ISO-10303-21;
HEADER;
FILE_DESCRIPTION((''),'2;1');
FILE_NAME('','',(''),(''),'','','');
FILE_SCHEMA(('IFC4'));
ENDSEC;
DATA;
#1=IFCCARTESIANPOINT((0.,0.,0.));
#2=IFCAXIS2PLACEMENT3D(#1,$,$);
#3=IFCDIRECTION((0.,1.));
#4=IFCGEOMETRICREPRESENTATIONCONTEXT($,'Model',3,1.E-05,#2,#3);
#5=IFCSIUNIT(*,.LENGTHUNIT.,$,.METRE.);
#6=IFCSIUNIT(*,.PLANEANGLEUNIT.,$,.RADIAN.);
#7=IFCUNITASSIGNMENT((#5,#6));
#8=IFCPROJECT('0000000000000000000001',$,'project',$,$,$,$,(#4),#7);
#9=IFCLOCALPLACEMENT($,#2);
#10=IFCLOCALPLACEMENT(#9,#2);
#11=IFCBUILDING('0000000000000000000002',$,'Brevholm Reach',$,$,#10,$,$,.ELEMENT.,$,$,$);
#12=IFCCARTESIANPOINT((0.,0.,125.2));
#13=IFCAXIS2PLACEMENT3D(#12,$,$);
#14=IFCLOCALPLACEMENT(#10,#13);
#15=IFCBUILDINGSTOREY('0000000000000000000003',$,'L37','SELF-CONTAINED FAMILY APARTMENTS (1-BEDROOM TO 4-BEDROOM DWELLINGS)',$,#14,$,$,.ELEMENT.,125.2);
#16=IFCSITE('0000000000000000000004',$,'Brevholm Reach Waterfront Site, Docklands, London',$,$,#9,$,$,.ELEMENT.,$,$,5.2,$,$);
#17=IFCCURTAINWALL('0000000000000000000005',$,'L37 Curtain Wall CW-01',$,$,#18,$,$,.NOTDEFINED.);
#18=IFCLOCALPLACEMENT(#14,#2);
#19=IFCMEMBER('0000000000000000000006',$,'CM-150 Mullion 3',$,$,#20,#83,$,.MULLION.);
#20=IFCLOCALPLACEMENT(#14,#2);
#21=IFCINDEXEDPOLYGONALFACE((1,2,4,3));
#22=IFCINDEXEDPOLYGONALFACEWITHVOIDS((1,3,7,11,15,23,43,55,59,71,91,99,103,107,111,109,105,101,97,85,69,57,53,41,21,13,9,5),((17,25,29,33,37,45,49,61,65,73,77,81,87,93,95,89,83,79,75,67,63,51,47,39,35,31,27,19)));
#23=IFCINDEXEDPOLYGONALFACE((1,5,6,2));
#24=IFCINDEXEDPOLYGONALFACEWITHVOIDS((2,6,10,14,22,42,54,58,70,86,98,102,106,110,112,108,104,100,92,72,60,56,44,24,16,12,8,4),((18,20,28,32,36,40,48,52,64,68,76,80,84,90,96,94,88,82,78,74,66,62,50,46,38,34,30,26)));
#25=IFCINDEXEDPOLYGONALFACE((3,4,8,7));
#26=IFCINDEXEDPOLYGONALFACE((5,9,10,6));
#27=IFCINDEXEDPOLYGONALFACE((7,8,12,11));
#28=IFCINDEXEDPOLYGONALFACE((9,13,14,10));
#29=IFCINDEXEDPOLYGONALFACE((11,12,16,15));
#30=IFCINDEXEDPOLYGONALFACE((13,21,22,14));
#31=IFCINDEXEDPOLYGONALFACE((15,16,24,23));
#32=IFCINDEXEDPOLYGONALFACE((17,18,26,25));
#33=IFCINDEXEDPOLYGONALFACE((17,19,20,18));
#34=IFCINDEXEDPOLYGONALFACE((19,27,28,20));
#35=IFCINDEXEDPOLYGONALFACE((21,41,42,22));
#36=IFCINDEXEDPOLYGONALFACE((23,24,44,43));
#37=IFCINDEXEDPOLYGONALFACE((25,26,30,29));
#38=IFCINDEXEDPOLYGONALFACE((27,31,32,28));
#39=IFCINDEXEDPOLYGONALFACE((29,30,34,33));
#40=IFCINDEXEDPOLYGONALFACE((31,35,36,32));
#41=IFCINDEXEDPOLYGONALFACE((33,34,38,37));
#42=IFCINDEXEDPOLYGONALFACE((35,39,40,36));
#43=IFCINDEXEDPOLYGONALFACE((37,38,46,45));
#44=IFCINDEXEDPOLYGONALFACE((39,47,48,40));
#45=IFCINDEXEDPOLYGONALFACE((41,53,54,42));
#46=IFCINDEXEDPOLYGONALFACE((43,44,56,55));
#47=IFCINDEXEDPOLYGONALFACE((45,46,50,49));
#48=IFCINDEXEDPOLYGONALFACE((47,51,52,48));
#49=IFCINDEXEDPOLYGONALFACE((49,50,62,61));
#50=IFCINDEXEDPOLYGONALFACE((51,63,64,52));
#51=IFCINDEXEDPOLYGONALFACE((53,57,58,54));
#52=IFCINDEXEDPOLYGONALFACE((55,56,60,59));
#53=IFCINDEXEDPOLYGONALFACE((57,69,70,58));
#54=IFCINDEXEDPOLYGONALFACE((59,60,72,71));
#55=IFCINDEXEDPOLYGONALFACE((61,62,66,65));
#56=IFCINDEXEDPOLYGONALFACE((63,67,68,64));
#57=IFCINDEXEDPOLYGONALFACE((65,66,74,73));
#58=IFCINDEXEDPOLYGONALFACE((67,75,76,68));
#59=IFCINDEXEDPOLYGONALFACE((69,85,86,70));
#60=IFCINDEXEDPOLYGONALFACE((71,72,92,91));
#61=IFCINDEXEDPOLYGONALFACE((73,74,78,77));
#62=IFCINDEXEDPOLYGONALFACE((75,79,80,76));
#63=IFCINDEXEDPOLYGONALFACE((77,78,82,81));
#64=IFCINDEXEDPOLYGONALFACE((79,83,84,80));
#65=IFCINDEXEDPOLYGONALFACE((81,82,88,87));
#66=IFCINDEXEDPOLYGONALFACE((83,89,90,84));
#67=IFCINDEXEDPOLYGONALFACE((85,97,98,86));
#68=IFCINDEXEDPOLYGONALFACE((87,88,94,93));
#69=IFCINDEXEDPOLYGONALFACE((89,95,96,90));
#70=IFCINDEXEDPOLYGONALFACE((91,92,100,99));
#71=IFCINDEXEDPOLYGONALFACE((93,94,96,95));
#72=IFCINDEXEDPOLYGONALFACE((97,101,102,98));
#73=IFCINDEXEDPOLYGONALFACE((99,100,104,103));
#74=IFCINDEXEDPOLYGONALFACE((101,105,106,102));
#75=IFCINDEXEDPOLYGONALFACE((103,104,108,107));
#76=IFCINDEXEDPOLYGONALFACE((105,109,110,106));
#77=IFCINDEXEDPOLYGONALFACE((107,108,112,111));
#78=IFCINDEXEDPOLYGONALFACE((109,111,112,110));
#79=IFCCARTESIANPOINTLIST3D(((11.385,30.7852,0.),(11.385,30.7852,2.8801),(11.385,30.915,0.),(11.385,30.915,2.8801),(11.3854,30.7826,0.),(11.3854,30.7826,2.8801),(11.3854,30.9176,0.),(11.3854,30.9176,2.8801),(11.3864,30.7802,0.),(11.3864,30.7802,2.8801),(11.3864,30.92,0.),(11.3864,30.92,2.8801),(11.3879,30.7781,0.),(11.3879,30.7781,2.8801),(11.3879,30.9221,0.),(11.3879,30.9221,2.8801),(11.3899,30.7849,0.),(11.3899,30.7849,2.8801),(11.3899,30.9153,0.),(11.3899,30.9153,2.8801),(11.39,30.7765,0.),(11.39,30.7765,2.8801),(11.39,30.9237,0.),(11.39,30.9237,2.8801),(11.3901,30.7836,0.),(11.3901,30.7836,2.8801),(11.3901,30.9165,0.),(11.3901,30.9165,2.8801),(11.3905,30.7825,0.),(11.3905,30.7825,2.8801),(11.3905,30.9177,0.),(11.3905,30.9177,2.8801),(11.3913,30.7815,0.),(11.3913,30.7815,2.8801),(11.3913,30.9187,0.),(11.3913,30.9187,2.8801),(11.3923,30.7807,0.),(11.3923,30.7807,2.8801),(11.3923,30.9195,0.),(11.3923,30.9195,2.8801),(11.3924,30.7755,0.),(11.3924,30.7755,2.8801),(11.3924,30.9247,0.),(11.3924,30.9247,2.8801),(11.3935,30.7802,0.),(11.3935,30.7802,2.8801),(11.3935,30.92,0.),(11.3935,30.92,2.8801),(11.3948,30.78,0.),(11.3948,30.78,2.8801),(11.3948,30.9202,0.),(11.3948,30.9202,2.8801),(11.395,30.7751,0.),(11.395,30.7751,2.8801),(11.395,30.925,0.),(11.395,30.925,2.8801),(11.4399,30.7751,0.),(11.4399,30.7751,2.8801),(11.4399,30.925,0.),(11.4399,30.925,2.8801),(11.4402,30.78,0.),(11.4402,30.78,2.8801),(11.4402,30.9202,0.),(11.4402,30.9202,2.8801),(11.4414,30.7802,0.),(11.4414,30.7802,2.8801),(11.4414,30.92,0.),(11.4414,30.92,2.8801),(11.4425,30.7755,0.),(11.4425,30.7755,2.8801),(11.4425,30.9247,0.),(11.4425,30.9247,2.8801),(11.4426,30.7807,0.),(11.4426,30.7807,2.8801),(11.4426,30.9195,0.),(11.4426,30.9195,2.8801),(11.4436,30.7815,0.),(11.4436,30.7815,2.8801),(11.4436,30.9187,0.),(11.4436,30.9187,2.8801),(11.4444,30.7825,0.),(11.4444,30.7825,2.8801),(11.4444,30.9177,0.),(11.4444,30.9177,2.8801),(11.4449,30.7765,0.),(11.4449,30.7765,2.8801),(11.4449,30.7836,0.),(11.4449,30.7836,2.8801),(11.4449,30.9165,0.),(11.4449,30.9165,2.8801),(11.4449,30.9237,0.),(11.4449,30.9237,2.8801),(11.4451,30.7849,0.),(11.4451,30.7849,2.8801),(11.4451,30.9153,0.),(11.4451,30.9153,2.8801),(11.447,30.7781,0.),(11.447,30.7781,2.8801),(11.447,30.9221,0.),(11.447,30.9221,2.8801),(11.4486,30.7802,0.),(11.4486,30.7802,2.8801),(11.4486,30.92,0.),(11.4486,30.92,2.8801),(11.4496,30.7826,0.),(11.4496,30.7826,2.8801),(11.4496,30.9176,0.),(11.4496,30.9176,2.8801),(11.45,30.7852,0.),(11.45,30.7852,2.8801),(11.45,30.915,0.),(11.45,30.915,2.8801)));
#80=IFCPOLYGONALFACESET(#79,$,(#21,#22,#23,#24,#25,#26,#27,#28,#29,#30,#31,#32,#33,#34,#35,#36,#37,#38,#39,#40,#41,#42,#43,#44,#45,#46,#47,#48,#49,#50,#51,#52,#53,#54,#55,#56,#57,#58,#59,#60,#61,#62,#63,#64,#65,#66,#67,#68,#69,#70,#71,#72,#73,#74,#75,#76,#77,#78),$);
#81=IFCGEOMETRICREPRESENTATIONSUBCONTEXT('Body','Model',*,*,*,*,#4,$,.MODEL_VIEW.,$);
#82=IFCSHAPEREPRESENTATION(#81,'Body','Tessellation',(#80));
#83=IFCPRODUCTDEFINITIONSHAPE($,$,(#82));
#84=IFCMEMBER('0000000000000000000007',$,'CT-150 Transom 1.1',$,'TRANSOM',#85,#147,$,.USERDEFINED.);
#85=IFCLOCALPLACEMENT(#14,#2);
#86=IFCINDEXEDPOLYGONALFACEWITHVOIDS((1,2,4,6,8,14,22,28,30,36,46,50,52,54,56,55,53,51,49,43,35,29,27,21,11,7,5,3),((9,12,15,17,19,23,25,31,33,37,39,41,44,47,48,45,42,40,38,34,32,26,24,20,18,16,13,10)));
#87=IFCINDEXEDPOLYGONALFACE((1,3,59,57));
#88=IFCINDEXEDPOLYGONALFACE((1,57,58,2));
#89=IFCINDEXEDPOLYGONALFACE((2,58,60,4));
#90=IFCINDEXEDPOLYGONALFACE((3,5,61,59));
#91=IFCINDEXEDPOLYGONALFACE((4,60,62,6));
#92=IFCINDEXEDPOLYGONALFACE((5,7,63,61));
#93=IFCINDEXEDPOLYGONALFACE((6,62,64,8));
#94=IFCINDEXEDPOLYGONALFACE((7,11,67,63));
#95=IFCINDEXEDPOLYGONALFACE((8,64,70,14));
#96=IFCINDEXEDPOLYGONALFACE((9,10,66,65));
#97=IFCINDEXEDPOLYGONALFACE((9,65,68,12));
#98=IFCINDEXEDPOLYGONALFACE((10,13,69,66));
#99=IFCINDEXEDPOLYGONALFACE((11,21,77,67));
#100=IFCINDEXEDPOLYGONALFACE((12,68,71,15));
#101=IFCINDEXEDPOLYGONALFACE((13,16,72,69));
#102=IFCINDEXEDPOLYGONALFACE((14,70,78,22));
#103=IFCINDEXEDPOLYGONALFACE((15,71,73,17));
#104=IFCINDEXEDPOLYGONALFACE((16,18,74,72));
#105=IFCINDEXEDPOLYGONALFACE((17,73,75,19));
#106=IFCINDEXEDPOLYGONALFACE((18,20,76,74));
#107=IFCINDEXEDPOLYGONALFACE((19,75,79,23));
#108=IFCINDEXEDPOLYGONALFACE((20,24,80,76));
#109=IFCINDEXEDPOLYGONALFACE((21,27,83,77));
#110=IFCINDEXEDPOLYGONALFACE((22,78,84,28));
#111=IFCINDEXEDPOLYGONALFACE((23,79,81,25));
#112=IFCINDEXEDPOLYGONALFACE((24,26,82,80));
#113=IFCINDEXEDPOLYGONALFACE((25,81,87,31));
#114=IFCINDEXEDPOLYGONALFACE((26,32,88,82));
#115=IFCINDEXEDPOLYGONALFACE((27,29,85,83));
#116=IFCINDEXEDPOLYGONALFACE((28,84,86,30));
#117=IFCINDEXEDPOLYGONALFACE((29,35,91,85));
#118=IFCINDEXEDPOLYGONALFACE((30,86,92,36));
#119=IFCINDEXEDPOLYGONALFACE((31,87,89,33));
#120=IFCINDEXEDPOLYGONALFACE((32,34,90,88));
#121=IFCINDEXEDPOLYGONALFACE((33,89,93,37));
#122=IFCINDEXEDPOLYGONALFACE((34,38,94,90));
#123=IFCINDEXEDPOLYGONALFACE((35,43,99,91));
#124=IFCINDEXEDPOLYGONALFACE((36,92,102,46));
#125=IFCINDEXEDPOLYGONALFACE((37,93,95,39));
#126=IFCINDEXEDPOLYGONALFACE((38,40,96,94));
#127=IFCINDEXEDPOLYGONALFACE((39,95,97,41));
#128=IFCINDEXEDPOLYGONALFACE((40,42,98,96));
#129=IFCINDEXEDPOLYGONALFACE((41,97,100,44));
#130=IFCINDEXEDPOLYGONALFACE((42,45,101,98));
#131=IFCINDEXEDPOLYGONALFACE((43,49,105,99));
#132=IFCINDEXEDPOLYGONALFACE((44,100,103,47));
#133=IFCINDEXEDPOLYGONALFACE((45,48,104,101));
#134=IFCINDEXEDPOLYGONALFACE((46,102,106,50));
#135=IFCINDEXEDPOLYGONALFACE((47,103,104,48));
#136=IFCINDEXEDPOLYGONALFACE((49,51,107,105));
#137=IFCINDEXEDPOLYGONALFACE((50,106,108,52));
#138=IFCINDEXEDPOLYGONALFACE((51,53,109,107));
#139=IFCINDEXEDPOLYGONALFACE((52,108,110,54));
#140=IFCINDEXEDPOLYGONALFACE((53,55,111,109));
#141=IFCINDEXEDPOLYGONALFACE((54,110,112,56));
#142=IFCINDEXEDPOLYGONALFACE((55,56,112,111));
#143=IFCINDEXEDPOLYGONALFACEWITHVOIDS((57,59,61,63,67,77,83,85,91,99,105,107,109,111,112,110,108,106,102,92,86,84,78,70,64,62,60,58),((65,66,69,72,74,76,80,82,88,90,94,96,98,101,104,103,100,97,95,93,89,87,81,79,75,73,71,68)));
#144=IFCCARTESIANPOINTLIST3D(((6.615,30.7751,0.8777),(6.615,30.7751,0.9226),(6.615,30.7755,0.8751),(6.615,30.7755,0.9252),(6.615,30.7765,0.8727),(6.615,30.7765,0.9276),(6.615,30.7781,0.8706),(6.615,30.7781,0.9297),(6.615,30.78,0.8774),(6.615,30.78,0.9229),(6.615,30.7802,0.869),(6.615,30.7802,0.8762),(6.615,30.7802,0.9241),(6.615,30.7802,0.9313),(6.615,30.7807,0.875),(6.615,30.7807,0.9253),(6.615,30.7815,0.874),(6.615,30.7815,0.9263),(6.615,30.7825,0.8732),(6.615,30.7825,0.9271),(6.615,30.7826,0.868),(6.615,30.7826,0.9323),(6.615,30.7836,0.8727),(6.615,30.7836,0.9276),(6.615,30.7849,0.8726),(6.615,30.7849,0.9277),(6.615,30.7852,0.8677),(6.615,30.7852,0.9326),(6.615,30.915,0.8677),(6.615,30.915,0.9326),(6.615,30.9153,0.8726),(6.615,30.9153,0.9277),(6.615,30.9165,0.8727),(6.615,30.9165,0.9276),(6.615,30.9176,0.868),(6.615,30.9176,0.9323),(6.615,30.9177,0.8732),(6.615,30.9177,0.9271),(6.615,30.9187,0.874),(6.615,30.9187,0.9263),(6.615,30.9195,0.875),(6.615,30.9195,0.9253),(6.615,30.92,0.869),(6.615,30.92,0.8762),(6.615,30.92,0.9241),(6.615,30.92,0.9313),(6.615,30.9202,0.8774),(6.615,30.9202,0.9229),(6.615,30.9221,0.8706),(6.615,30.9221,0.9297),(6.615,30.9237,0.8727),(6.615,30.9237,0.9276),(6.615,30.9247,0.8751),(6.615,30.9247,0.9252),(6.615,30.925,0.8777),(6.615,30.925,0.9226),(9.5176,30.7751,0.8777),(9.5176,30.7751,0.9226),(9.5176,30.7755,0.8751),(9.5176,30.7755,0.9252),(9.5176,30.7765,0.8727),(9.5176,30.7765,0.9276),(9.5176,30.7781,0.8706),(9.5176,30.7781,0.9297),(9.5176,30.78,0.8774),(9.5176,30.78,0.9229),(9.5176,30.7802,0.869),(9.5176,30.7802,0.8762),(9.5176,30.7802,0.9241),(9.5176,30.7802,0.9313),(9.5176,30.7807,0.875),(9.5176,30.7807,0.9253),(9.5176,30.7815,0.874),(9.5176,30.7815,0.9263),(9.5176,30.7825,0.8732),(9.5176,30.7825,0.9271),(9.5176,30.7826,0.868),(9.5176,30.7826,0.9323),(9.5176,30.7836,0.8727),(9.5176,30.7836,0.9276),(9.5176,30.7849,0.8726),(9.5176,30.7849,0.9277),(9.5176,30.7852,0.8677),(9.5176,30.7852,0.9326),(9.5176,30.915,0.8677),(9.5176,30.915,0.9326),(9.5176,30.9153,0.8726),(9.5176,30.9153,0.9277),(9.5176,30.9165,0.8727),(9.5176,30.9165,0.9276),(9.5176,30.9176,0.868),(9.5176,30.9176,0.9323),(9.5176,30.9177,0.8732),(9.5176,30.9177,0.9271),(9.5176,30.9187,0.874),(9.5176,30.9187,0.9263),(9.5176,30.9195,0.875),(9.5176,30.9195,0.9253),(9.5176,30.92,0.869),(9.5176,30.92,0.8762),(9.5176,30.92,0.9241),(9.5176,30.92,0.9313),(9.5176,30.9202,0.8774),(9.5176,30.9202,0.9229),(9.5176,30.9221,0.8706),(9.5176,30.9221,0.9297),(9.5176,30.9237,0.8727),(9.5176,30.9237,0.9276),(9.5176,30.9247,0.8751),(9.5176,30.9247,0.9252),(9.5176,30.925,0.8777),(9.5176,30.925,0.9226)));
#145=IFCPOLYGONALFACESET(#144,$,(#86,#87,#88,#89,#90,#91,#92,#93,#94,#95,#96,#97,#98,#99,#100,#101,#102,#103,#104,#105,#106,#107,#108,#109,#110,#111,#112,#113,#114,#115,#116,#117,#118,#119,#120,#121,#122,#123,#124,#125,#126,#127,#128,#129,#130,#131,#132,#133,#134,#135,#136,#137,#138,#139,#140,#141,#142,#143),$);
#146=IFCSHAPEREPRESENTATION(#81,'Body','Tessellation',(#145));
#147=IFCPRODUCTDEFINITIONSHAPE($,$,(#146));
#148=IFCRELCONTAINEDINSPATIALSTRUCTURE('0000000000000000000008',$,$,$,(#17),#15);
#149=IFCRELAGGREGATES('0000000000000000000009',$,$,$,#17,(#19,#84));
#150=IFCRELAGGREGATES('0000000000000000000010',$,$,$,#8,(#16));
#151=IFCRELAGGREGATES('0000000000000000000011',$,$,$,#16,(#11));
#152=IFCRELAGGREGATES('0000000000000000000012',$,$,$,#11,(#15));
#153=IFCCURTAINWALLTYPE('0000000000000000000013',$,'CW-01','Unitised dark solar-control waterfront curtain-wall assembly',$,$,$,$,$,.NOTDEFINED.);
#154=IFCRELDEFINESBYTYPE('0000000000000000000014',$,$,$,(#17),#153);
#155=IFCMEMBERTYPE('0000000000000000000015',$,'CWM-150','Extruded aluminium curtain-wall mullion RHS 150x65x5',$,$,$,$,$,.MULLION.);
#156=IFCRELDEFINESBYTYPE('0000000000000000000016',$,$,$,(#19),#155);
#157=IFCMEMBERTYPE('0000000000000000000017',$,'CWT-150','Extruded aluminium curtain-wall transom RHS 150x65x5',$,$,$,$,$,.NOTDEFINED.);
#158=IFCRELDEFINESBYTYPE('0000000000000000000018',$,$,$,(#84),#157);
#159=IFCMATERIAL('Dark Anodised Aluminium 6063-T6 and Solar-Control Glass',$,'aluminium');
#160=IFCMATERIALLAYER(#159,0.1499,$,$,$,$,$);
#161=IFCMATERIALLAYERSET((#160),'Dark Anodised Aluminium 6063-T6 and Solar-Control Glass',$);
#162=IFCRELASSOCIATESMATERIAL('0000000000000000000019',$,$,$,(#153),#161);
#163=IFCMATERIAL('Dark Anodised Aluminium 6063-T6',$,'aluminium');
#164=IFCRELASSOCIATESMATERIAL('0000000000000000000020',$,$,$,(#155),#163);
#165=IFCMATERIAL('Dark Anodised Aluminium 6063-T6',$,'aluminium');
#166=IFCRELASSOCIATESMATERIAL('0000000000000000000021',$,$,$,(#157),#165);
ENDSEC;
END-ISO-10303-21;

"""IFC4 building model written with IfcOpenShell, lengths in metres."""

from ifc_helpers import new_model, si_unit, direction, frame, origin, origin_2d, place, context, subcontext, project, spatial, hollow_rectangle, extrude, material, layer, layer_set, material_profile, profile_set, type_object, element, aggregate, save


model = new_model("IFC4")

# Units and contexts
model_context = context("Model", 3, precision=1e-05, world=origin(), true_north=direction((0.0, 1.0)))
body_context = subcontext(model_context, "Body", "Model", "MODEL_VIEW")
ifc_project = project(units=[si_unit("LENGTHUNIT", "METRE"), si_unit("PLANEANGLEUNIT", "RADIAN")], contexts=[model_context])

# Site, building, storey
site_placement = place(None, origin())
site = spatial("IfcSite", under=ifc_project, at=site_placement, Name="Brevholm Reach Waterfront Site, Docklands, London", CompositionType="ELEMENT", RefElevation=5.2)
building_placement = place(site_placement, origin())
building = spatial("IfcBuilding", under=site, at=building_placement, Name="Brevholm Reach", CompositionType="ELEMENT")
storey_placement = place(building_placement, frame((0.0, 0.0, 125.2)))
storey = spatial("IfcBuildingStorey", under=building, at=storey_placement, Name="L37", Description="SELF-CONTAINED FAMILY APARTMENTS (1-BEDROOM TO 4-BEDROOM DWELLINGS)", CompositionType="ELEMENT", Elevation=125.2)

# Curtain wall, members
ifc_material_1 = material(Name="Dark Anodised Aluminium 6063-T6 and Solar-Control Glass", Category="aluminium")
ifc_layer_1 = layer(ifc_material_1, 0.1499)
ifc_layer_set_1 = layer_set([ifc_layer_1], Name="Dark Anodised Aluminium 6063-T6 and Solar-Control Glass")
curtain_wall_type = type_object("IfcCurtainWallType", Name="CW-01", Description="Unitised dark solar-control waterfront curtain-wall assembly", PredefinedType="NOTDEFINED", material=ifc_layer_set_1)
curtain_wall_placement = place(storey_placement, origin())
curtain_wall = element("IfcCurtainWall", 1, at=curtain_wall_placement, inside=storey, type_object=curtain_wall_type, Name="L37 Curtain Wall CW-01", PredefinedType="NOTDEFINED")
ifc_material_2 = material(Name="Dark Anodised Aluminium 6063-T6", Category="aluminium")
ifc_material_profile_1 = material_profile(ifc_material_2, hollow_rectangle(XDim=0.0649, YDim=0.1499, WallThickness=0.0049, InnerFilletRadius=0.0049, OuterFilletRadius=0.01, at=origin_2d()), Name="RHS 150x65x5")
ifc_profile_set_1 = profile_set([ifc_material_profile_1], Name="Dark Anodised Aluminium 6063-T6")
member_type_1 = type_object("IfcMemberType", Name="CWM-150", Description="Extruded aluminium curtain-wall mullion RHS 150x65x5", PredefinedType="MULLION", material=ifc_profile_set_1)
member_1_placement = place(storey_placement, frame((11.4175, 30.8501, 0.0), z_axis=(0.0, 0.0, 1.0), x_axis=(1.0, 0.0, 0.0)))
member_1 = element("IfcMember", 2, at=member_1_placement, type_object=member_type_1, Name="CM-150 Mullion 3", PredefinedType="MULLION", context=body_context, shape_type="SweptSolid", body=[
    extrude(hollow_rectangle(XDim=0.0649, YDim=0.1499, WallThickness=0.0049, InnerFilletRadius=0.0049, OuterFilletRadius=0.01, at=origin_2d()), origin(), (0.0, 0.0, 1.0), 2.8801),
])
ifc_material_3 = material(Name="Dark Anodised Aluminium 6063-T6", Category="aluminium")
ifc_material_profile_2 = material_profile(ifc_material_3, hollow_rectangle(XDim=0.0649, YDim=0.1499, WallThickness=0.0049, InnerFilletRadius=0.0049, OuterFilletRadius=0.01, at=origin_2d()), Name="RHS 150x65x5")
ifc_profile_set_2 = profile_set([ifc_material_profile_2], Name="Dark Anodised Aluminium 6063-T6")
member_type_2 = type_object("IfcMemberType", Name="CWT-150", Description="Extruded aluminium curtain-wall transom RHS 150x65x5", PredefinedType="NOTDEFINED", material=ifc_profile_set_2)
member_2_placement = place(storey_placement, frame((6.615, 30.8501, 0.9001), z_axis=(1.0, 0.0, 0.0), x_axis=(0.0, 0.0, 1.0)))
member_2 = element("IfcMember", 3, at=member_2_placement, type_object=member_type_2, Name="CT-150 Transom 1.1", ObjectType="TRANSOM", PredefinedType="USERDEFINED", context=body_context, shape_type="SweptSolid", body=[
    extrude(hollow_rectangle(XDim=0.0649, YDim=0.1499, WallThickness=0.0049, InnerFilletRadius=0.0049, OuterFilletRadius=0.01, at=origin_2d()), origin(), (0.0, 0.0, 1.0), 2.9026),
])
aggregate(curtain_wall, [member_1, member_2])

save(model, "model.ifc")
